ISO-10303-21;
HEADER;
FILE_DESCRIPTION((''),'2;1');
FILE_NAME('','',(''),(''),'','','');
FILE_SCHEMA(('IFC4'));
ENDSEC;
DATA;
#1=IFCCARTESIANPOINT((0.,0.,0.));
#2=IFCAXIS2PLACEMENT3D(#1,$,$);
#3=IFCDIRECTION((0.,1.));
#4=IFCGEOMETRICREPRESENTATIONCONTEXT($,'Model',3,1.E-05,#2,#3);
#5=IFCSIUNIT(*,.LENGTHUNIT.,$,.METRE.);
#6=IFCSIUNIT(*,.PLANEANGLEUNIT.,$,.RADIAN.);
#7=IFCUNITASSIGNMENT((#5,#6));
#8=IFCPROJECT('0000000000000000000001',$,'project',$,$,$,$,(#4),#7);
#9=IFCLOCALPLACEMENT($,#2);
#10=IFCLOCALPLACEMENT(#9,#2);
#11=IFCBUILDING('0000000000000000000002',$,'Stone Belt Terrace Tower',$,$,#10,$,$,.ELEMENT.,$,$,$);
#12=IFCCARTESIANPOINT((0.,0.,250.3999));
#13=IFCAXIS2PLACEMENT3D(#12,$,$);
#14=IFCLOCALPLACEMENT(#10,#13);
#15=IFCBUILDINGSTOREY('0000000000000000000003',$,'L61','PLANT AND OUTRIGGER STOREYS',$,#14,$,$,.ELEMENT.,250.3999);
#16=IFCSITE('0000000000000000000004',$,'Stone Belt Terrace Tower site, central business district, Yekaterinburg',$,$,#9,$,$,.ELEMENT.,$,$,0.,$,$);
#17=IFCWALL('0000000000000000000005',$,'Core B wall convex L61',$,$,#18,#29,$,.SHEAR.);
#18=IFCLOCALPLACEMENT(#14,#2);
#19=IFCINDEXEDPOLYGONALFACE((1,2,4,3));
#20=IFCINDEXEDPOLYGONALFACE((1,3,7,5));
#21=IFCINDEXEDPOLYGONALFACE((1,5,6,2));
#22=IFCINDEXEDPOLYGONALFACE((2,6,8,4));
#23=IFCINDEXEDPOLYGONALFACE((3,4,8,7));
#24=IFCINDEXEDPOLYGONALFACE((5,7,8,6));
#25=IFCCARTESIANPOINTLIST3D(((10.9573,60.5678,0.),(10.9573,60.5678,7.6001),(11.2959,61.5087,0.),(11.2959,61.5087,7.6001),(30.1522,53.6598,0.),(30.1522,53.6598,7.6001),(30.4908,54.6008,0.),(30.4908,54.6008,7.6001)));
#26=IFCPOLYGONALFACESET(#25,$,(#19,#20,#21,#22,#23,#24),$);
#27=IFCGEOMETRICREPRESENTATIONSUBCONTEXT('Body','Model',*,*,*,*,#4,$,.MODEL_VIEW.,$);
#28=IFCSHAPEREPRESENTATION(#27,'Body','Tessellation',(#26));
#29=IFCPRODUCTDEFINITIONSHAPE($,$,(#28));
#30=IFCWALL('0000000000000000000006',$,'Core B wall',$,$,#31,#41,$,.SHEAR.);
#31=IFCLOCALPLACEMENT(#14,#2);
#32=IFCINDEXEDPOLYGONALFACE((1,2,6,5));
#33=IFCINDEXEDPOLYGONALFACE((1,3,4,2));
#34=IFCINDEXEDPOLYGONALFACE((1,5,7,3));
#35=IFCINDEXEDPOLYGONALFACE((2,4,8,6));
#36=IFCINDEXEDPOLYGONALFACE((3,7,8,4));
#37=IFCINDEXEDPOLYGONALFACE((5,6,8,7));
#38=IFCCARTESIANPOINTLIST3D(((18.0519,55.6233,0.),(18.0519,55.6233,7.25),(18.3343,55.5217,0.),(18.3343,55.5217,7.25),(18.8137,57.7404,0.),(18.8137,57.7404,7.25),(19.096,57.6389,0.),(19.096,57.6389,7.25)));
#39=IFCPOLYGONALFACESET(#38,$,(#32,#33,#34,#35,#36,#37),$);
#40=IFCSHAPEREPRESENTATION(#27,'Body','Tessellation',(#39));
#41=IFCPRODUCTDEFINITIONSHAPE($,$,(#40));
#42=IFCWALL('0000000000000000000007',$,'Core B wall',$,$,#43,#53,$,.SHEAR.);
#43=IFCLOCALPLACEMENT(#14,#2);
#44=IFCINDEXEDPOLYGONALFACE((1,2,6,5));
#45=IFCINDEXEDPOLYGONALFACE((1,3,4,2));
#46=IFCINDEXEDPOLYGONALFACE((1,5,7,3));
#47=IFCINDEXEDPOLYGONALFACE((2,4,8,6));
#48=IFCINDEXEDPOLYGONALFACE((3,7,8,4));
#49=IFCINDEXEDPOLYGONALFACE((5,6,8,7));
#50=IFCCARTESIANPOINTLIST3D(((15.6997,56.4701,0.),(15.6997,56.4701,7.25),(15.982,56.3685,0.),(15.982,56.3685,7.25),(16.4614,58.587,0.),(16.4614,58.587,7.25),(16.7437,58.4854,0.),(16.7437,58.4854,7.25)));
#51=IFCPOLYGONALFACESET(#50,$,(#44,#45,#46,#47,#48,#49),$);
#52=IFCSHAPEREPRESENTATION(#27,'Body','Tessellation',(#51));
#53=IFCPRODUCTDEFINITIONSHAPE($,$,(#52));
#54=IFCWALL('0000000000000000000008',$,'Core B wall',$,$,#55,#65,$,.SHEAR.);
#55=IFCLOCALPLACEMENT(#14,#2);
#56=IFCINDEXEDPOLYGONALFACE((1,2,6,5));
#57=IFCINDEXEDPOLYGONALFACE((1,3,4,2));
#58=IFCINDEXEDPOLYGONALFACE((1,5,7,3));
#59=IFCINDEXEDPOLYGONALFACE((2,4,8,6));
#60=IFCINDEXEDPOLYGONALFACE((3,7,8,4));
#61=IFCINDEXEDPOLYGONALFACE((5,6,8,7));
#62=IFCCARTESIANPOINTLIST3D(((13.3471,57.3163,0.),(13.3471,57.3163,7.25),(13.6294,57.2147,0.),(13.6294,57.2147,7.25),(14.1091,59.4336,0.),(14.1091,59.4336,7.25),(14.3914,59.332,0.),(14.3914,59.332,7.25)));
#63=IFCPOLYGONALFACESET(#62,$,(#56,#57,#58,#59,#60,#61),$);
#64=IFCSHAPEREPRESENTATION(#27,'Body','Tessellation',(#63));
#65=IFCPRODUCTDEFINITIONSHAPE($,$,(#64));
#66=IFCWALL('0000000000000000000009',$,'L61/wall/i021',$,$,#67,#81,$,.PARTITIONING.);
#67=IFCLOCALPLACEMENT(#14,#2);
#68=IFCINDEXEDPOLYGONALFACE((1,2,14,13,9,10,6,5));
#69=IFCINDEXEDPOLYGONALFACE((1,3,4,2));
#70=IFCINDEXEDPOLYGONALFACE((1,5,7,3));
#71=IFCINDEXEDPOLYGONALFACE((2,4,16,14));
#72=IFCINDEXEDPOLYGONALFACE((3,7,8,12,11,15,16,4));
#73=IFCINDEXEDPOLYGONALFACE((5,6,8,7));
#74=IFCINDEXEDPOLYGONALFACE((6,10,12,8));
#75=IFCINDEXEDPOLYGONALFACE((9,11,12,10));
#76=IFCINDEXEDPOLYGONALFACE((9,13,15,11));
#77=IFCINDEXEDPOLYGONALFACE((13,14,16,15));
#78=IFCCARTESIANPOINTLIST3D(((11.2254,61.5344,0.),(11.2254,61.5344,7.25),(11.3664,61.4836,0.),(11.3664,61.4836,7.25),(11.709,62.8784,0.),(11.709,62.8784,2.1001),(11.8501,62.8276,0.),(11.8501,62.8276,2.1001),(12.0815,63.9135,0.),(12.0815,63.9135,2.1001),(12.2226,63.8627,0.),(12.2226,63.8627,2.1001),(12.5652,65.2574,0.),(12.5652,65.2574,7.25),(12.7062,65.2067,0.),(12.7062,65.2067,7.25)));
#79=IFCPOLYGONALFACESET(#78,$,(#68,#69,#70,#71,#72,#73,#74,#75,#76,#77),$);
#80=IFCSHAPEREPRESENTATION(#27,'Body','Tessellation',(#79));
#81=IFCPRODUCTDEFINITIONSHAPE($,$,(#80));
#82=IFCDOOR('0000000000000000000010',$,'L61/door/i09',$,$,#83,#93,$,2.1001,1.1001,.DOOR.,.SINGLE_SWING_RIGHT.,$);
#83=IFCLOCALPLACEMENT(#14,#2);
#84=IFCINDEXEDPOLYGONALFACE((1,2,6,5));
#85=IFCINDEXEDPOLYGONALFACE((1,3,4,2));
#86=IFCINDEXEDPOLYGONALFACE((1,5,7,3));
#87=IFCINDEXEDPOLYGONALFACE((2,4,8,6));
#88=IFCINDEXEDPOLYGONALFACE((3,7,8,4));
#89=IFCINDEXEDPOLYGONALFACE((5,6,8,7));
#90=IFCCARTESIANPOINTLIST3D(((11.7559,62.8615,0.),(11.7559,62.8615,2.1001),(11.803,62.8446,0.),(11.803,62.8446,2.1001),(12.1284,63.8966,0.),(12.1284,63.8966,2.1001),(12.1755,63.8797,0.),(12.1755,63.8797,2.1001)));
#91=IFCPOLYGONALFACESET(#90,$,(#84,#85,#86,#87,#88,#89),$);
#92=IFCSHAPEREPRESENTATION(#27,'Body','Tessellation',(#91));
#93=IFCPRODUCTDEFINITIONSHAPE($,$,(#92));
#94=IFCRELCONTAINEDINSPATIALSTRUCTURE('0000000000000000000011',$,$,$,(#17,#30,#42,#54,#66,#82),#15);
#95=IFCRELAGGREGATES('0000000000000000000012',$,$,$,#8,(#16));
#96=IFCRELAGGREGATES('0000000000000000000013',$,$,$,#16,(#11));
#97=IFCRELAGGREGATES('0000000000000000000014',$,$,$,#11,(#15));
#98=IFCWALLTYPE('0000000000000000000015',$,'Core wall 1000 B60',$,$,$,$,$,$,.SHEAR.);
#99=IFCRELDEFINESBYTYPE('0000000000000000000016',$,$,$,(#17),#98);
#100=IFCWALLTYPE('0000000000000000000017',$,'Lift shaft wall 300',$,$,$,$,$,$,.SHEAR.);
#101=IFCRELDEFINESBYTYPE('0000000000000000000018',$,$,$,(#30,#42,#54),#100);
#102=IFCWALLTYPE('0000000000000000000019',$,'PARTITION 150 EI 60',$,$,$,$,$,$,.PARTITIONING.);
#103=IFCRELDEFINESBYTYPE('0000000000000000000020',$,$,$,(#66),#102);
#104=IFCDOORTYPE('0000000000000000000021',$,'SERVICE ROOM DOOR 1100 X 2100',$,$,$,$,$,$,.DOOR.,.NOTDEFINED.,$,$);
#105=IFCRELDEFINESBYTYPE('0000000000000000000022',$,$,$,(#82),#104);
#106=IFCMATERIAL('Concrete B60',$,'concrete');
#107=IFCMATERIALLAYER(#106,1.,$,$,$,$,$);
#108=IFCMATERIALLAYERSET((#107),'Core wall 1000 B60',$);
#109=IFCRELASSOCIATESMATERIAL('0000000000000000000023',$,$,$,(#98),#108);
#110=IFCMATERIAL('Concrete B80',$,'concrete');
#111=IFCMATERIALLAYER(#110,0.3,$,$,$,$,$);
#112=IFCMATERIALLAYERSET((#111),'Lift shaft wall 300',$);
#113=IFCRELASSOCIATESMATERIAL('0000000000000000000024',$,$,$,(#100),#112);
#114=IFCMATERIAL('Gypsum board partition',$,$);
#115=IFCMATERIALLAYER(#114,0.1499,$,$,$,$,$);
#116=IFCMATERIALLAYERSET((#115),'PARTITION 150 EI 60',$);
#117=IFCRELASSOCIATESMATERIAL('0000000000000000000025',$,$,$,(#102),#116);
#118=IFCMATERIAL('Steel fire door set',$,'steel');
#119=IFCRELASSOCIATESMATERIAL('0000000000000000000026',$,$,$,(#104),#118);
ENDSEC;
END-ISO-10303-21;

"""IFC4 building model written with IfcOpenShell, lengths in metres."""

from ifc_helpers import new_model, si_unit, direction, frame, frame_2d, origin, place, context, subcontext, project, spatial, rectangle, extrude, material, layer, layer_set, type_object, element, fill, save


model = new_model("IFC4")

# Units and contexts
model_context = context("Model", 3, precision=1e-05, world=origin(), true_north=direction((0.0, 1.0)))
body_context = subcontext(model_context, "Body", "Model", "MODEL_VIEW")
ifc_project = project(units=[si_unit("LENGTHUNIT", "METRE"), si_unit("PLANEANGLEUNIT", "RADIAN")], contexts=[model_context])

# Site, building, storey
site_placement = place(None, origin())
site = spatial("IfcSite", under=ifc_project, at=site_placement, Name="Stone Belt Terrace Tower site, central business district, Yekaterinburg", CompositionType="ELEMENT", RefElevation=0.0)
building_placement = place(site_placement, origin())
building = spatial("IfcBuilding", under=site, at=building_placement, Name="Stone Belt Terrace Tower", CompositionType="ELEMENT")
storey_placement = place(building_placement, frame((0.0, 0.0, 250.3999)))
storey = spatial("IfcBuildingStorey", under=building, at=storey_placement, Name="L61", Description="PLANT AND OUTRIGGER STOREYS", CompositionType="ELEMENT", Elevation=250.3999)

# Shared definitions
ifc_material_1 = material(Name="Concrete B60", Category="concrete")

# Walls
ifc_layer_1 = layer(ifc_material_1, 1.0)
ifc_layer_set_1 = layer_set([ifc_layer_1], Name="Core wall 1000 B60")
wall_type_1 = type_object("IfcWallType", Name="Core wall 1000 B60", PredefinedType="SHEAR", material=ifc_layer_set_1)
wall_1_placement = place(storey_placement, frame((11.1265, 61.0383, 0.0), z_axis=(0.0, 0.0, 1.0), x_axis=(0.940921, -0.338625, 0.0)))
element("IfcWall", 1, at=wall_1_placement, inside=storey, type_object=wall_type_1, Name="Core B wall convex L61", PredefinedType="SHEAR", context=body_context, shape_type="SweptSolid", body=[
    extrude(rectangle(XDim=20.4001, YDim=1.0, at=frame_2d((10.2002, 0.0))), origin(), (0.0, 0.0, 1.0), 7.6001),
])
ifc_material_2 = material(Name="Concrete B80", Category="concrete")
ifc_layer_2 = layer(ifc_material_2, 0.3)
ifc_layer_set_2 = layer_set([ifc_layer_2], Name="Lift shaft wall 300")
wall_type_2 = type_object("IfcWallType", Name="Lift shaft wall 300", PredefinedType="SHEAR", material=ifc_layer_set_2)
wall_2_placement = place(storey_placement, frame((18.1931, 55.5725, 0.0), z_axis=(0.0, 0.0, 1.0), x_axis=(0.338535, 0.940954, 0.0)))
element("IfcWall", 2, at=wall_2_placement, inside=storey, type_object=wall_type_2, Name="Core B wall", PredefinedType="SHEAR", context=body_context, shape_type="SweptSolid", body=[
    extrude(rectangle(XDim=2.25, YDim=0.3, at=frame_2d((1.125, 0.0))), origin(), (0.0, 0.0, 1.0), 7.25),
])
wall_3_placement = place(storey_placement, frame((15.8408, 56.4192, 0.0), z_axis=(0.0, 0.0, 1.0), x_axis=(0.33857, 0.940941, 0.0)))
element("IfcWall", 3, at=wall_3_placement, inside=storey, type_object=wall_type_2, Name="Core B wall", PredefinedType="SHEAR", context=body_context, shape_type="SweptSolid", body=[
    extrude(rectangle(XDim=2.2498, YDim=0.3, at=frame_2d((1.125, 0.0))), origin(), (0.0, 0.0, 1.0), 7.25),
])
wall_4_placement = place(storey_placement, frame((13.4883, 57.2656, 0.0), z_axis=(0.0, 0.0, 1.0), x_axis=(0.338631, 0.940919, 0.0)))
element("IfcWall", 4, at=wall_4_placement, inside=storey, type_object=wall_type_2, Name="Core B wall", PredefinedType="SHEAR", context=body_context, shape_type="SweptSolid", body=[
    extrude(rectangle(XDim=2.2502, YDim=0.3, at=frame_2d((1.125, 0.0))), origin(), (0.0, 0.0, 1.0), 7.25),
])

# Wall, opening, door
ifc_material_3 = material(Name="Gypsum board partition")
ifc_layer_3 = layer(ifc_material_3, 0.1499)
ifc_layer_set_3 = layer_set([ifc_layer_3], Name="PARTITION 150 EI 60")
wall_type_3 = type_object("IfcWallType", Name="PARTITION 150 EI 60", PredefinedType="PARTITIONING", material=ifc_layer_set_3)
wall_5_placement = place(storey_placement, frame((12.6357, 65.2322, 0.0), z_axis=(0.0, 0.0, 1.0), x_axis=(-0.33861, -0.940927, 0.0)))
wall_5 = element("IfcWall", 5, at=wall_5_placement, inside=storey, type_object=wall_type_3, Name="L61/wall/i021", PredefinedType="PARTITIONING", context=body_context, shape_type="SweptSolid", body=[
    extrude(rectangle(XDim=3.9568, YDim=0.1499, at=frame_2d((1.9785, 0.0))), origin(), (0.0, 0.0, 1.0), 7.25),
])
opening_1_placement = place(wall_5_placement, frame((1.4285, 0.0, 0.0)))
opening_1 = element("IfcOpeningElement", 6, at=opening_1_placement, cuts=wall_5, PredefinedType="OPENING", context=body_context, shape_type="SweptSolid", body=[
    extrude(rectangle(XDim=1.1001, YDim=2.1001, at=frame_2d((0.55, 1.05))), frame((0.0, 0.085, 0.0), z_axis=(0.0, -1.0, 0.0), x_axis=(1.0, 0.0, 0.0)), (0.0, 0.0, 1.0), 0.1699),
])
ifc_material_4 = material(Name="Steel fire door set", Category="steel")
door_type_1 = type_object("IfcDoorType", Name="SERVICE ROOM DOOR 1100 X 2100", OperationType="NOTDEFINED", PredefinedType="DOOR", material=ifc_material_4)
door_1_placement = place(opening_1_placement, origin())
door_1 = element("IfcDoor", 7, at=door_1_placement, inside=storey, type_object=door_type_1, Name="L61/door/i09", OperationType="SINGLE_SWING_RIGHT", OverallHeight=2.1001, OverallWidth=1.1001, PredefinedType="DOOR", context=body_context, shape_type="SweptSolid", body=[
    extrude(rectangle(XDim=1.1001, YDim=2.1001, at=frame_2d((0.55, 1.05))), frame((0.0, 0.0249, 0.0), z_axis=(0.0, -1.0, 0.0), x_axis=(1.0, 0.0, 0.0)), (0.0, 0.0, 1.0), 0.05),
])
fill(opening_1, door_1)

save(model, "model.ifc")
